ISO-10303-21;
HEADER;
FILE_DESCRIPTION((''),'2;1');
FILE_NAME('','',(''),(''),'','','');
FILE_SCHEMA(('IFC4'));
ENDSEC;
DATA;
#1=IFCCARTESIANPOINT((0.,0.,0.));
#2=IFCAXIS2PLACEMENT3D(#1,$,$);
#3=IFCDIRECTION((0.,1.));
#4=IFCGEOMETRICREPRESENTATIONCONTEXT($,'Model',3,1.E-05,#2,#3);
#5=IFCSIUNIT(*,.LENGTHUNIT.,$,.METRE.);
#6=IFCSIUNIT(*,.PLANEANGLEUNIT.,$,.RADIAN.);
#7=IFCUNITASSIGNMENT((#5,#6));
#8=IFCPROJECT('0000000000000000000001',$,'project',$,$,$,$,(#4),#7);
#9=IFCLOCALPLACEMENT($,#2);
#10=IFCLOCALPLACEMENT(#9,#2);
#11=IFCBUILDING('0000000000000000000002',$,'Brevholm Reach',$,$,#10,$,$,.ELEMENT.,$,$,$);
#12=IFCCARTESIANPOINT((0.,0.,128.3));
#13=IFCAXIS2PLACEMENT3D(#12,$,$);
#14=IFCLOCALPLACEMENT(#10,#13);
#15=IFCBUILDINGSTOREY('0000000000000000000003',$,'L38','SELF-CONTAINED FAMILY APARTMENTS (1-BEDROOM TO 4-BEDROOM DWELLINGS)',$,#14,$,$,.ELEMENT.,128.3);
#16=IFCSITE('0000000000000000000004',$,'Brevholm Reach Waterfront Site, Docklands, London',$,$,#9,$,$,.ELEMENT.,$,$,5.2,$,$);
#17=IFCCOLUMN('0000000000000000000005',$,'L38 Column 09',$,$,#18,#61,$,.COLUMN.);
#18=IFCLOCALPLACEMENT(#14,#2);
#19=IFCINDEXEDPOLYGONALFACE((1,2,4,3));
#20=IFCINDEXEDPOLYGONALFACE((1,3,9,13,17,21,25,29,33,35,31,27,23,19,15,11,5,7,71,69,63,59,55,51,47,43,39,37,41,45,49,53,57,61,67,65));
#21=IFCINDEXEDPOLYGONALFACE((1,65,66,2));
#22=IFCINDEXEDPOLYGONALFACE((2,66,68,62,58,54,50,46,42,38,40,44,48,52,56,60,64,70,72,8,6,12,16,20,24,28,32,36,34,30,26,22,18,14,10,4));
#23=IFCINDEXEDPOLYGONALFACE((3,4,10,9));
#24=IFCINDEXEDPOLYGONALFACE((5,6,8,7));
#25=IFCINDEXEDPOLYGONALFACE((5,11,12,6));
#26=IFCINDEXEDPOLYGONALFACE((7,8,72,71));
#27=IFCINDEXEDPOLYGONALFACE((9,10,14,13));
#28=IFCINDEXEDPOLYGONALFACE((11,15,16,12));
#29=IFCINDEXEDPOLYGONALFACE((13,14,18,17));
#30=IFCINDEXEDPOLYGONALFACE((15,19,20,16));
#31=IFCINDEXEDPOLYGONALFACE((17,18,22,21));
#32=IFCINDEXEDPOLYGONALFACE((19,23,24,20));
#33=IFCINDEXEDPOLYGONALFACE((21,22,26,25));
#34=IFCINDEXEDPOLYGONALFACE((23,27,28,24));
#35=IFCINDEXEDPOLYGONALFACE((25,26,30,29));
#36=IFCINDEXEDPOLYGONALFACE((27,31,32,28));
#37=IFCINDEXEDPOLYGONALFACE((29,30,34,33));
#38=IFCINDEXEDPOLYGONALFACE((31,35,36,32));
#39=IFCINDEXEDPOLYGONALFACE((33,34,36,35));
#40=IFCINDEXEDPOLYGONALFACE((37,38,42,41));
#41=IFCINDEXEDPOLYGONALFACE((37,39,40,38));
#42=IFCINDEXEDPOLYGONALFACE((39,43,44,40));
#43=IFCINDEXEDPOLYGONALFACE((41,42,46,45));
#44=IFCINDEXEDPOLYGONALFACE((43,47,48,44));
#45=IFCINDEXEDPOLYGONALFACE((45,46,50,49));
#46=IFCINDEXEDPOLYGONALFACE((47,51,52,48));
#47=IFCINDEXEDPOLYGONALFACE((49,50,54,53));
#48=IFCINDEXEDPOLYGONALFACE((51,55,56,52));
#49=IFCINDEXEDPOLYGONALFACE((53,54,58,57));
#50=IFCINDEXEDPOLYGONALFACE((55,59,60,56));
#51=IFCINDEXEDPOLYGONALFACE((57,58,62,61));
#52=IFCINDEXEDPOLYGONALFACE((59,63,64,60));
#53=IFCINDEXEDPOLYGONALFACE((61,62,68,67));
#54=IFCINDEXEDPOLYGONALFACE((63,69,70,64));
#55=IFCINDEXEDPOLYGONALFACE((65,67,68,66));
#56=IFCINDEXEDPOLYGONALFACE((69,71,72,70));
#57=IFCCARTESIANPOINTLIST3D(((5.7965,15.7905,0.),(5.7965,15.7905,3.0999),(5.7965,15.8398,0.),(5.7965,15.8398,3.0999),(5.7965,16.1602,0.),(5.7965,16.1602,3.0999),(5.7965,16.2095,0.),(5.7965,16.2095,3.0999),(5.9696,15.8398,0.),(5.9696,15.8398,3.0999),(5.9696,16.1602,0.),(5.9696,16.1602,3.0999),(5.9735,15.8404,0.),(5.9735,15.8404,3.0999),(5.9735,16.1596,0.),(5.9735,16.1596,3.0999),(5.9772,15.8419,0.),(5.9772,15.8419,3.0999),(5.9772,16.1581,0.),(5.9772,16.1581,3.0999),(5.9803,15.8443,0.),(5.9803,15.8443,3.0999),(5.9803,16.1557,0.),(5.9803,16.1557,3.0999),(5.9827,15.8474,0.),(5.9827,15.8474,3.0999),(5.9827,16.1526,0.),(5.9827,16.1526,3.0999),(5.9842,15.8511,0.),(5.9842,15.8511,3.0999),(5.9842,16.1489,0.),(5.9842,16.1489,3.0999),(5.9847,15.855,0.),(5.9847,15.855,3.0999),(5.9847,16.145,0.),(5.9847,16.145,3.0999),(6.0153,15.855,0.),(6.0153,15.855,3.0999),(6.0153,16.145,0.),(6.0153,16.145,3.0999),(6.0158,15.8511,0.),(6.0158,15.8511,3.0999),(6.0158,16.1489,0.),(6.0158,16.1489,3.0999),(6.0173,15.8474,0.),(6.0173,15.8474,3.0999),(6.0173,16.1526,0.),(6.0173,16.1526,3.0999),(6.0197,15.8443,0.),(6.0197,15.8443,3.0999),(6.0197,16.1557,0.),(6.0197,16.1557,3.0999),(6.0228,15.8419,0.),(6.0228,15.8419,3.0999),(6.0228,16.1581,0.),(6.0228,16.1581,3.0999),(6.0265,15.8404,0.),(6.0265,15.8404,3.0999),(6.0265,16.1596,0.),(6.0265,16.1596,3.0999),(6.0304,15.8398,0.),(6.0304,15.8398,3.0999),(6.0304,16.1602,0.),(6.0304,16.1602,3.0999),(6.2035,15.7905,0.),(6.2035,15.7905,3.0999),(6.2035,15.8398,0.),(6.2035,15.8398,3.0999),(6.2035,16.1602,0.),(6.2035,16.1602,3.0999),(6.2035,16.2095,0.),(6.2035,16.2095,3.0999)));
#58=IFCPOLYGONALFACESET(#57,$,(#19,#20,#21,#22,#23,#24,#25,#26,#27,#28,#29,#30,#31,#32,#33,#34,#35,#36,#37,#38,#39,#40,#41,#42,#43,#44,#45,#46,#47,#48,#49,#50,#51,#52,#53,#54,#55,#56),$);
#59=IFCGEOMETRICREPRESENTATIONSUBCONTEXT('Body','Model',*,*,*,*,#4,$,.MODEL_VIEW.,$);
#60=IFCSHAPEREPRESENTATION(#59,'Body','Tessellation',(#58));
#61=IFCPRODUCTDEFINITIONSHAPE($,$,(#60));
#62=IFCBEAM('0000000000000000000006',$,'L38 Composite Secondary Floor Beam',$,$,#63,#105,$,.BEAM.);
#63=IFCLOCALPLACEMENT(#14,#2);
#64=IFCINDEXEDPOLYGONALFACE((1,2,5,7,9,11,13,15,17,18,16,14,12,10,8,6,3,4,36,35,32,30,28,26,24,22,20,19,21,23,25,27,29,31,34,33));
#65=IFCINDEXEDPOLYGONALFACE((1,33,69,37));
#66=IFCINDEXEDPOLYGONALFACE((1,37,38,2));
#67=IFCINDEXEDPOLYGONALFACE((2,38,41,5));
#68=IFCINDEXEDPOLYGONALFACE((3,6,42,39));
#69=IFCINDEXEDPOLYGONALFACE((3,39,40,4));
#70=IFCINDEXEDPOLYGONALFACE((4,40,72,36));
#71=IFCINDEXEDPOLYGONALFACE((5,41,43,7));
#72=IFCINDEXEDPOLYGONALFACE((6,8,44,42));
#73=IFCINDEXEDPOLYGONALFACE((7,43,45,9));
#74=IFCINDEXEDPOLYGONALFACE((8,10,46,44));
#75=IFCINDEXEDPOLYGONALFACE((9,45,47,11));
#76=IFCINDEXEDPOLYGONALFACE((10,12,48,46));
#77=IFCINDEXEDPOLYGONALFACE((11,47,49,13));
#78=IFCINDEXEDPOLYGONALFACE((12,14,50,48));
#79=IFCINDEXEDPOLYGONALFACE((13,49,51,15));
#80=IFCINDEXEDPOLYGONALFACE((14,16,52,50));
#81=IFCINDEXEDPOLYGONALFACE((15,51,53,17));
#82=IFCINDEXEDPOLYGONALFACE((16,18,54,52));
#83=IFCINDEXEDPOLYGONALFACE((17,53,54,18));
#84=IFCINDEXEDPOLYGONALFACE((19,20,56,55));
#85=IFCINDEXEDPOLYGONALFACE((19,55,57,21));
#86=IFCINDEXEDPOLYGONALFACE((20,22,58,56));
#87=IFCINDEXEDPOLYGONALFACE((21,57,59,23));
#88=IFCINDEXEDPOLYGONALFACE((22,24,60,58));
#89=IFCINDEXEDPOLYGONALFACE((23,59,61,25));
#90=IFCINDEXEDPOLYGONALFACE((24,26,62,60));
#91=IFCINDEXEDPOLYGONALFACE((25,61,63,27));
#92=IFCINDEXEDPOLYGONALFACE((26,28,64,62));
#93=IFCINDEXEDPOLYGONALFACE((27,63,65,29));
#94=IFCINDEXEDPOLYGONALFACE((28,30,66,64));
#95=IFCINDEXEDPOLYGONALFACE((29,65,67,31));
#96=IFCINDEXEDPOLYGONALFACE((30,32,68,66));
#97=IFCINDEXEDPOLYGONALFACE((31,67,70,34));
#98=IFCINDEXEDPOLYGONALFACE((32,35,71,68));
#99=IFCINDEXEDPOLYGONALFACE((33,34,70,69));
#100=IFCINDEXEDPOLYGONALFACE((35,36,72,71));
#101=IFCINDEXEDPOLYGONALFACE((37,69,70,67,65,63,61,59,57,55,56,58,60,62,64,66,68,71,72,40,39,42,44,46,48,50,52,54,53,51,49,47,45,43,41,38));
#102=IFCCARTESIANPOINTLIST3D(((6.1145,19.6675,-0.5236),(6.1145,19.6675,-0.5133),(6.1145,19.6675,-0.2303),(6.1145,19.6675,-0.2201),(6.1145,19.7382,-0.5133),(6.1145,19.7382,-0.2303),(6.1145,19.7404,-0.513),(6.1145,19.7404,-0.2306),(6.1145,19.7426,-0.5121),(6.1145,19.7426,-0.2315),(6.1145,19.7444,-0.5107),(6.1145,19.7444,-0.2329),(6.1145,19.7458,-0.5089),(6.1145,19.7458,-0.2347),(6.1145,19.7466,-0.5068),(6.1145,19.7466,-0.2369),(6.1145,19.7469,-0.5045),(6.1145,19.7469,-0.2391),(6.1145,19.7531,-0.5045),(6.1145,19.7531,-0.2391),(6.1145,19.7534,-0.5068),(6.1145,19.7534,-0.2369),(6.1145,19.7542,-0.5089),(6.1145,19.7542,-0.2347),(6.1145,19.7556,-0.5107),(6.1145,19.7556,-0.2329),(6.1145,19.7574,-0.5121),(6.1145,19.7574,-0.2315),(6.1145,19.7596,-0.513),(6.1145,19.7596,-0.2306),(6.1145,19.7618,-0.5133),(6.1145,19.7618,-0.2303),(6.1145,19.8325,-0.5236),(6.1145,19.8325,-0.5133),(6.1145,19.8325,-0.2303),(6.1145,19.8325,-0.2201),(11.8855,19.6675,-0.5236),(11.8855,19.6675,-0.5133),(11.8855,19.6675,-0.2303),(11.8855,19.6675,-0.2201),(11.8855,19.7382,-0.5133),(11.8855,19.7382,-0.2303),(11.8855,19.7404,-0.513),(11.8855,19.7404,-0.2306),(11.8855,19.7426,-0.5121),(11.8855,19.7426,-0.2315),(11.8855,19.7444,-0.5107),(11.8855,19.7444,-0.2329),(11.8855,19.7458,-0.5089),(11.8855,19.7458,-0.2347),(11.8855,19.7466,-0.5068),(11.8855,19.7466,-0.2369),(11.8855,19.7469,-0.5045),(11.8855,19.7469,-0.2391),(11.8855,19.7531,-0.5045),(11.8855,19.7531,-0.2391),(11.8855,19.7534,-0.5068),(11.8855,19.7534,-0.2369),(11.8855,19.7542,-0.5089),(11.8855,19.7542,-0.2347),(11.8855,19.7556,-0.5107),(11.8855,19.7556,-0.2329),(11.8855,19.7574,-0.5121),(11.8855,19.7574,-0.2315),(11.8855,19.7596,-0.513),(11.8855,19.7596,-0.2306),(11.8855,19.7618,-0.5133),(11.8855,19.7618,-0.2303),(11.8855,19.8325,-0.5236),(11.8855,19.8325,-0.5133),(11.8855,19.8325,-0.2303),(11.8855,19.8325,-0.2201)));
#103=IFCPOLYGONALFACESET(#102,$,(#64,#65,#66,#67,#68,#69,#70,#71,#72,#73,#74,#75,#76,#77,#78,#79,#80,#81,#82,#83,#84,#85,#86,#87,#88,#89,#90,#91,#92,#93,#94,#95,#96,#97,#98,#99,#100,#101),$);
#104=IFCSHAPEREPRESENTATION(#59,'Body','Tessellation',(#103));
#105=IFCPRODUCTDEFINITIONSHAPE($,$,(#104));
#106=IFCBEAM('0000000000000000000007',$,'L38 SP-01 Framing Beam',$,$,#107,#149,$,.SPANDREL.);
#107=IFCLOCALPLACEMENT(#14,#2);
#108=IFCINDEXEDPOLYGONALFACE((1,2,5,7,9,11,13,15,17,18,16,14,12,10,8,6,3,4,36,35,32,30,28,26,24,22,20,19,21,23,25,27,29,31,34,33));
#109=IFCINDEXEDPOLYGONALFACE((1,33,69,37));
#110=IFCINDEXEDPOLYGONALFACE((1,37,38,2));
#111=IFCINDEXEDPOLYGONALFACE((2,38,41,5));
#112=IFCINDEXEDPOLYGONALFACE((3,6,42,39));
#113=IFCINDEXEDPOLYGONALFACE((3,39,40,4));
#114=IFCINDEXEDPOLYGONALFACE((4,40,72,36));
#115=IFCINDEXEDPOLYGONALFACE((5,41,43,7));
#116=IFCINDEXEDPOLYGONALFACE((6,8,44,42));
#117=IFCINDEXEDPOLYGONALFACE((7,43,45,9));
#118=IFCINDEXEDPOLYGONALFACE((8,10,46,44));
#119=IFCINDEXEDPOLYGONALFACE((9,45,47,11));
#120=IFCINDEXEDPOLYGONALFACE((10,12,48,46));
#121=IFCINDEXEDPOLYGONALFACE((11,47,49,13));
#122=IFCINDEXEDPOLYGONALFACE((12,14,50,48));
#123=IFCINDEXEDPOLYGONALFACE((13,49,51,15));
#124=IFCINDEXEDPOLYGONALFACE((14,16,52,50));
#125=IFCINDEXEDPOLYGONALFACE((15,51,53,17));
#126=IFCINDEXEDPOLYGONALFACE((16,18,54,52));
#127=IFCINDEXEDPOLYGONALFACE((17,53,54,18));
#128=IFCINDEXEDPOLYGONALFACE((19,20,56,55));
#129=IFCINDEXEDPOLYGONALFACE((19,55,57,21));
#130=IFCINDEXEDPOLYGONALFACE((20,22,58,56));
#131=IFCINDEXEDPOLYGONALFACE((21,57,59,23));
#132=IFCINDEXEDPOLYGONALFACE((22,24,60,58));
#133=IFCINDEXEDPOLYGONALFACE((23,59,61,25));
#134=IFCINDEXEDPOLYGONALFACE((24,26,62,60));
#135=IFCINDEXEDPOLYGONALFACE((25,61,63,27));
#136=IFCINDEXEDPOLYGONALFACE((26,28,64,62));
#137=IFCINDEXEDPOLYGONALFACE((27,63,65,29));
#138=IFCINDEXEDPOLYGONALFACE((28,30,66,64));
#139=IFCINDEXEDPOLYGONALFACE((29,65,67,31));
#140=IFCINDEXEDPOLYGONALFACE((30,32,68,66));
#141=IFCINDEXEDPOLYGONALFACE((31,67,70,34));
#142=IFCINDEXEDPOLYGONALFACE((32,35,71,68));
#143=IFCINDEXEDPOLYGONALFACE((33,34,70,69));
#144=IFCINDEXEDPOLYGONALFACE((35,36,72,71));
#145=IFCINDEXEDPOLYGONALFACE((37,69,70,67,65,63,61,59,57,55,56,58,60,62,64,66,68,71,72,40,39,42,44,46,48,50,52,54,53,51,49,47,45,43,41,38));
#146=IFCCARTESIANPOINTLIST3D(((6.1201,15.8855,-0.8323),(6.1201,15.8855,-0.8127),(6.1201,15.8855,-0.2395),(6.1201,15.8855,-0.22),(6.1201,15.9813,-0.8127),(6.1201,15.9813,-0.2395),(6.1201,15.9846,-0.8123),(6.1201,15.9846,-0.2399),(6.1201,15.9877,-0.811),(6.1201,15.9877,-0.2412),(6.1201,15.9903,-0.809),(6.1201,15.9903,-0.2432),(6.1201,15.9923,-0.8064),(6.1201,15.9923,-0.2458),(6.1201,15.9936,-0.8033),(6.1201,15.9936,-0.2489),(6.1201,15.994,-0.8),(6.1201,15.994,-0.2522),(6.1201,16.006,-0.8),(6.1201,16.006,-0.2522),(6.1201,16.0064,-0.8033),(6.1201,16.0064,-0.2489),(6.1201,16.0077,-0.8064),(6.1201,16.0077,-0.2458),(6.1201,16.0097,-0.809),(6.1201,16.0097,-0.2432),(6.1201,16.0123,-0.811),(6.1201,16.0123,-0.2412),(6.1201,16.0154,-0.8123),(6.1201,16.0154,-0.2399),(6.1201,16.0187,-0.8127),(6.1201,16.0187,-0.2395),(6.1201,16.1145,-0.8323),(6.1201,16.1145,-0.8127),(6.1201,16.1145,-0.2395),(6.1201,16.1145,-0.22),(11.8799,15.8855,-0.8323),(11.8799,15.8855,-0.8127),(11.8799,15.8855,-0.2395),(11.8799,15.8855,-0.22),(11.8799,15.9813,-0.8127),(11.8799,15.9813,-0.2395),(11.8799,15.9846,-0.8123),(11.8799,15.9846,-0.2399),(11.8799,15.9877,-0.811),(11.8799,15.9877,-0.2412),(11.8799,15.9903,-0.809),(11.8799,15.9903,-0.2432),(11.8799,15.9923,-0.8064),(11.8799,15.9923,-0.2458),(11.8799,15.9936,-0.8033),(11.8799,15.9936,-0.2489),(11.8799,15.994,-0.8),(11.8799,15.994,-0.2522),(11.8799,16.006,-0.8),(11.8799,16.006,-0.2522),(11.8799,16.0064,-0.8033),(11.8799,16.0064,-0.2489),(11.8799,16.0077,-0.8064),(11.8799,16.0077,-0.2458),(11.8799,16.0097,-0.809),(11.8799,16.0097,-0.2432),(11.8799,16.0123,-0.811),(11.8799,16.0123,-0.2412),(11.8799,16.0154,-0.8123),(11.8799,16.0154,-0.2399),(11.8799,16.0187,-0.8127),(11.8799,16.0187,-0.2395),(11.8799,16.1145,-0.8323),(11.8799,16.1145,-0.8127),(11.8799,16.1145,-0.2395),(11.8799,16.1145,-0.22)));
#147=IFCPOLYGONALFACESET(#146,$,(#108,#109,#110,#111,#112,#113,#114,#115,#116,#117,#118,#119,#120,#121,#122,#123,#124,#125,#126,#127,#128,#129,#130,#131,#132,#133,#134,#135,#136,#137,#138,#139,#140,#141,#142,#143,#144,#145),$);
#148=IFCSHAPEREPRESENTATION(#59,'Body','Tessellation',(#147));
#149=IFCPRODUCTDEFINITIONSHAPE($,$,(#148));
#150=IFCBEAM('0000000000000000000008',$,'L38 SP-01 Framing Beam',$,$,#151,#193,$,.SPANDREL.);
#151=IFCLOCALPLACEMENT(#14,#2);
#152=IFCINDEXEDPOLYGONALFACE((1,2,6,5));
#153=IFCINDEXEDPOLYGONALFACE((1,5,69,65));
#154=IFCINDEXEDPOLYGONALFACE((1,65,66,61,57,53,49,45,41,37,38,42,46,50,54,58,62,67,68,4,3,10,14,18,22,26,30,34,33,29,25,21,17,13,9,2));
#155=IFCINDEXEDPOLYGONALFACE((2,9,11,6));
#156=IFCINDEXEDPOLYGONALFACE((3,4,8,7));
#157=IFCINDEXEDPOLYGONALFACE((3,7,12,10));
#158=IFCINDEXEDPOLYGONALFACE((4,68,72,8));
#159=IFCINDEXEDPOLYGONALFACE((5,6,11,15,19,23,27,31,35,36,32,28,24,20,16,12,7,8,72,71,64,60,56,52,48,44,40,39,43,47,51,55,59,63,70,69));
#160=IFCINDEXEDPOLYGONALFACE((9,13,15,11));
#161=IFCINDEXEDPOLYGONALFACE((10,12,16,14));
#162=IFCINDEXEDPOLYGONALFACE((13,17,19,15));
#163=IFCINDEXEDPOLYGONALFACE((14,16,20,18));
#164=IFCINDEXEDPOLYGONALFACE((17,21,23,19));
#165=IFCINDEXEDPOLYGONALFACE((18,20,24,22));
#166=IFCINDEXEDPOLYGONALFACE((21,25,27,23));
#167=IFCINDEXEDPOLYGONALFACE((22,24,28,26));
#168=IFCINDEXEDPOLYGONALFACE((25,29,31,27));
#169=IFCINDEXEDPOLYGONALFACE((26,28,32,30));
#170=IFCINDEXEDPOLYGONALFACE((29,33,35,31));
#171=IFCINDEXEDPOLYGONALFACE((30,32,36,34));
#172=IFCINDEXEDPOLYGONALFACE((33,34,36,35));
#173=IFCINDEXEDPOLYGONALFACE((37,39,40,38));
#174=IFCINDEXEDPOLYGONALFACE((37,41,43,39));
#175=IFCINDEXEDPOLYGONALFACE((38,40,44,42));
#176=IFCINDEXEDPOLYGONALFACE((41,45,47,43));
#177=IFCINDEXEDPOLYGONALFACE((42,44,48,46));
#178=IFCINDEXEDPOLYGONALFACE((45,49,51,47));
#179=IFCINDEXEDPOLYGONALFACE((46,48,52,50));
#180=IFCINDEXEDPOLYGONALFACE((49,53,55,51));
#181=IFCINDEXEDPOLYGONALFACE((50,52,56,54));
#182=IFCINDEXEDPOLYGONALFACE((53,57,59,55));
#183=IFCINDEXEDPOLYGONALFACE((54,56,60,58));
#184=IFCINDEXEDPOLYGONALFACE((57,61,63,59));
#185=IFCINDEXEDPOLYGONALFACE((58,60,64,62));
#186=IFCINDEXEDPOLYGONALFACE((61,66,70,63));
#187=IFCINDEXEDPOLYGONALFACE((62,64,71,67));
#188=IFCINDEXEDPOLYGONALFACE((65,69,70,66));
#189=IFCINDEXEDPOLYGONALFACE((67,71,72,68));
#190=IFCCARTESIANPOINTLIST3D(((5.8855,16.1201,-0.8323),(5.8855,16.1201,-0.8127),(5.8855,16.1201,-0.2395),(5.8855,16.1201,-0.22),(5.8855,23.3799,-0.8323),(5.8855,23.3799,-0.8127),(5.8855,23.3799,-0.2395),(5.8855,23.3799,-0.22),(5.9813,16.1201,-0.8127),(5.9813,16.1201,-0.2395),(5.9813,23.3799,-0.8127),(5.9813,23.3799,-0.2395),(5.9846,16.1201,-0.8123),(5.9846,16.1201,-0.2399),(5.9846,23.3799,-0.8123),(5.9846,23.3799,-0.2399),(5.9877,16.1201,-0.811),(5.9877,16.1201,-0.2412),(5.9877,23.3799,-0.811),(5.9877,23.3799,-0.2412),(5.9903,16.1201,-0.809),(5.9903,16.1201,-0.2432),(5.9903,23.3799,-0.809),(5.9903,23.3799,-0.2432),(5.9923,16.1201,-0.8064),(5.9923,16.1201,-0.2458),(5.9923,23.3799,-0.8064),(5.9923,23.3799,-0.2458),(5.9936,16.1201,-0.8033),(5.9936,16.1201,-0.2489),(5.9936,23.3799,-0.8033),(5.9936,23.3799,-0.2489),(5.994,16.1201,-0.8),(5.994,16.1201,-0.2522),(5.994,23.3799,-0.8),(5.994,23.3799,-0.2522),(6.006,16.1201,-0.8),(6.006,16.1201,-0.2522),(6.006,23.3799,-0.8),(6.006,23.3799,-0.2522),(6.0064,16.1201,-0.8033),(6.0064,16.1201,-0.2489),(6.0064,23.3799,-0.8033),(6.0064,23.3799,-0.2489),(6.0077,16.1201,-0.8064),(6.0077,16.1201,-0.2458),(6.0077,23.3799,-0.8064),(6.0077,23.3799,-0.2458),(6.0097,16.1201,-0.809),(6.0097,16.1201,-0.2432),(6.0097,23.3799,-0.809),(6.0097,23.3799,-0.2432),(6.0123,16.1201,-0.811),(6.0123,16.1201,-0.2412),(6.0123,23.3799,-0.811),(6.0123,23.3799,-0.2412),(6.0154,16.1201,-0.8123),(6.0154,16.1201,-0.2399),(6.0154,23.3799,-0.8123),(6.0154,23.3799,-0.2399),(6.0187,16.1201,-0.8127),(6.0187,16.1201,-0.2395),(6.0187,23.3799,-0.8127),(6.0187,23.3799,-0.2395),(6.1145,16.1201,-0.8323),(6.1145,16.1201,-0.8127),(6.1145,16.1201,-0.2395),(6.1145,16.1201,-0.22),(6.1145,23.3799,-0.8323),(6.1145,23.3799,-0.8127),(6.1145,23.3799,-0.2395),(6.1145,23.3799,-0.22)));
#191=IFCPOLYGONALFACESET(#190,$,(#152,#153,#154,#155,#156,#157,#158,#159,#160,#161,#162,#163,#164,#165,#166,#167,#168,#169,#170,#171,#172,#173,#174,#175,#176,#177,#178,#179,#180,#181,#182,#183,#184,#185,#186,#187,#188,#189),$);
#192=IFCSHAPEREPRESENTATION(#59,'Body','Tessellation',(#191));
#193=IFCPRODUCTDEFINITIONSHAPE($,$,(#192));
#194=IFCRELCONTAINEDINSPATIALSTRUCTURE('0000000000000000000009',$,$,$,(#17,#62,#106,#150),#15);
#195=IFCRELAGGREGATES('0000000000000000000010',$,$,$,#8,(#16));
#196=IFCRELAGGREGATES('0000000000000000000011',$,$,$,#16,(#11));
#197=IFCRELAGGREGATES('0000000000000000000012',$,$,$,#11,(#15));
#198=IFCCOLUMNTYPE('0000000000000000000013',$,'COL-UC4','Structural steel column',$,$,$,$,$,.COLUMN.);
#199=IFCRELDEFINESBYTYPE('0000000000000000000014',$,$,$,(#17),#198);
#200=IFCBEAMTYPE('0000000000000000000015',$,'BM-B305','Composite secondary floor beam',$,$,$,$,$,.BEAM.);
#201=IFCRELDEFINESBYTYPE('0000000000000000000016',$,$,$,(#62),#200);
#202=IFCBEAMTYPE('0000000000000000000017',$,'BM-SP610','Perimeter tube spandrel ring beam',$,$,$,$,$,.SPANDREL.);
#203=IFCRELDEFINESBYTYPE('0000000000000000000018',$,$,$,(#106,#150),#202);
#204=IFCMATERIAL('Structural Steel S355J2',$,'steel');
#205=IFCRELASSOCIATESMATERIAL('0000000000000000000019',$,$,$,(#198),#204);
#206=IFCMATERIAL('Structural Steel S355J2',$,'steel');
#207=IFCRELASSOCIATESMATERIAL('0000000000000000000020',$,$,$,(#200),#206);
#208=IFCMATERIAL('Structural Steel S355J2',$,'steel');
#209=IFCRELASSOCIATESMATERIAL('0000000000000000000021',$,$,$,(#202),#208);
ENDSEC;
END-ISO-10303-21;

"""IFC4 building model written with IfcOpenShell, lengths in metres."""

from ifc_helpers import new_model, si_unit, direction, frame, origin, origin_2d, place, context, subcontext, project, spatial, i_section, extrude, material, material_profile, profile_set, type_object, element, save


model = new_model("IFC4")

# Units and contexts
model_context = context("Model", 3, precision=1e-05, world=origin(), true_north=direction((0.0, 1.0)))
body_context = subcontext(model_context, "Body", "Model", "MODEL_VIEW")
ifc_project = project(units=[si_unit("LENGTHUNIT", "METRE"), si_unit("PLANEANGLEUNIT", "RADIAN")], contexts=[model_context])

# Site, building, storey
site_placement = place(None, origin())
site = spatial("IfcSite", under=ifc_project, at=site_placement, Name="Brevholm Reach Waterfront Site, Docklands, London", CompositionType="ELEMENT", RefElevation=5.2)
building_placement = place(site_placement, origin())
building = spatial("IfcBuilding", under=site, at=building_placement, Name="Brevholm Reach", CompositionType="ELEMENT")
storey_placement = place(building_placement, frame((0.0, 0.0, 128.3)))
storey = spatial("IfcBuildingStorey", under=building, at=storey_placement, Name="L38", Description="SELF-CONTAINED FAMILY APARTMENTS (1-BEDROOM TO 4-BEDROOM DWELLINGS)", CompositionType="ELEMENT", Elevation=128.3)

# Column
ifc_material_1 = material(Name="Structural Steel S355J2", Category="steel")
ifc_material_profile_1 = material_profile(ifc_material_1, i_section(OverallWidth=0.407, OverallDepth=0.4189, WebThickness=0.0305, FlangeThickness=0.0493, FilletRadius=0.0151, at=origin_2d()), Name="UKC 356x406x393")
ifc_profile_set_1 = profile_set([ifc_material_profile_1], Name="Structural Steel S355J2")
column_type = type_object("IfcColumnType", Name="COL-UC4", Description="Structural steel column", PredefinedType="COLUMN", material=ifc_profile_set_1)
column_placement = place(storey_placement, frame((6.0, 16.0, 0.0), z_axis=(0.0, 0.0, 1.0), x_axis=(1.0, 0.0, 0.0)))
element("IfcColumn", 1, at=column_placement, inside=storey, type_object=column_type, Name="L38 Column 09", PredefinedType="COLUMN", context=body_context, shape_type="SweptSolid", body=[
    extrude(i_section(OverallWidth=0.407, OverallDepth=0.4189, WebThickness=0.0305, FlangeThickness=0.0493, FilletRadius=0.0151, at=origin_2d()), origin(), (0.0, 0.0, 1.0), 3.0999),
])

# Beams
ifc_material_2 = material(Name="Structural Steel S355J2", Category="steel")
ifc_material_profile_2 = material_profile(ifc_material_2, i_section(OverallWidth=0.165, OverallDepth=0.3035, WebThickness=0.0061, FlangeThickness=0.0103, FilletRadius=0.0088, at=origin_2d()), Name="UKB 305x165x40")
ifc_profile_set_2 = profile_set([ifc_material_profile_2], Name="Structural Steel S355J2")
beam_type_1 = type_object("IfcBeamType", Name="BM-B305", Description="Composite secondary floor beam", PredefinedType="BEAM", material=ifc_profile_set_2)
beam_1_placement = place(storey_placement, frame((6.1145, 19.75, -0.3718), z_axis=(1.0, 0.0, 0.0), x_axis=(0.0, 1.0, 0.0)))
element("IfcBeam", 2, at=beam_1_placement, inside=storey, type_object=beam_type_1, Name="L38 Composite Secondary Floor Beam", PredefinedType="BEAM", context=body_context, shape_type="SweptSolid", body=[
    extrude(i_section(OverallWidth=0.165, OverallDepth=0.3035, WebThickness=0.0061, FlangeThickness=0.0103, FilletRadius=0.0088, at=origin_2d()), origin(), (0.0, 0.0, 1.0), 5.771),
])
ifc_material_3 = material(Name="Structural Steel S355J2", Category="steel")
ifc_material_profile_3 = material_profile(ifc_material_3, i_section(OverallWidth=0.229, OverallDepth=0.6123, WebThickness=0.012, FlangeThickness=0.0195, FilletRadius=0.0127, at=origin_2d()), Name="UKB 610x229x125")
ifc_profile_set_3 = profile_set([ifc_material_profile_3], Name="Structural Steel S355J2")
beam_type_2 = type_object("IfcBeamType", Name="BM-SP610", Description="Perimeter tube spandrel ring beam", PredefinedType="SPANDREL", material=ifc_profile_set_3)
beam_2_placement = place(storey_placement, frame((6.1201, 16.0, -0.5261), z_axis=(1.0, 0.0, 0.0), x_axis=(0.0, 1.0, 0.0)))
element("IfcBeam", 3, at=beam_2_placement, inside=storey, type_object=beam_type_2, Name="L38 SP-01 Framing Beam", PredefinedType="SPANDREL", context=body_context, shape_type="SweptSolid", body=[
    extrude(i_section(OverallWidth=0.229, OverallDepth=0.6123, WebThickness=0.012, FlangeThickness=0.0195, FilletRadius=0.0127, at=origin_2d()), origin(), (0.0, 0.0, 1.0), 5.7598),
])
beam_3_placement = place(storey_placement, frame((6.0, 16.1201, -0.5261), z_axis=(0.0, 1.0, 0.0), x_axis=(-1.0, 0.0, 0.0)))
element("IfcBeam", 4, at=beam_3_placement, inside=storey, type_object=beam_type_2, Name="L38 SP-01 Framing Beam", PredefinedType="SPANDREL", context=body_context, shape_type="SweptSolid", body=[
    extrude(i_section(OverallWidth=0.229, OverallDepth=0.6123, WebThickness=0.012, FlangeThickness=0.0195, FilletRadius=0.0127, at=origin_2d()), origin(), (0.0, 0.0, 1.0), 7.2598),
])

save(model, "model.ifc")
